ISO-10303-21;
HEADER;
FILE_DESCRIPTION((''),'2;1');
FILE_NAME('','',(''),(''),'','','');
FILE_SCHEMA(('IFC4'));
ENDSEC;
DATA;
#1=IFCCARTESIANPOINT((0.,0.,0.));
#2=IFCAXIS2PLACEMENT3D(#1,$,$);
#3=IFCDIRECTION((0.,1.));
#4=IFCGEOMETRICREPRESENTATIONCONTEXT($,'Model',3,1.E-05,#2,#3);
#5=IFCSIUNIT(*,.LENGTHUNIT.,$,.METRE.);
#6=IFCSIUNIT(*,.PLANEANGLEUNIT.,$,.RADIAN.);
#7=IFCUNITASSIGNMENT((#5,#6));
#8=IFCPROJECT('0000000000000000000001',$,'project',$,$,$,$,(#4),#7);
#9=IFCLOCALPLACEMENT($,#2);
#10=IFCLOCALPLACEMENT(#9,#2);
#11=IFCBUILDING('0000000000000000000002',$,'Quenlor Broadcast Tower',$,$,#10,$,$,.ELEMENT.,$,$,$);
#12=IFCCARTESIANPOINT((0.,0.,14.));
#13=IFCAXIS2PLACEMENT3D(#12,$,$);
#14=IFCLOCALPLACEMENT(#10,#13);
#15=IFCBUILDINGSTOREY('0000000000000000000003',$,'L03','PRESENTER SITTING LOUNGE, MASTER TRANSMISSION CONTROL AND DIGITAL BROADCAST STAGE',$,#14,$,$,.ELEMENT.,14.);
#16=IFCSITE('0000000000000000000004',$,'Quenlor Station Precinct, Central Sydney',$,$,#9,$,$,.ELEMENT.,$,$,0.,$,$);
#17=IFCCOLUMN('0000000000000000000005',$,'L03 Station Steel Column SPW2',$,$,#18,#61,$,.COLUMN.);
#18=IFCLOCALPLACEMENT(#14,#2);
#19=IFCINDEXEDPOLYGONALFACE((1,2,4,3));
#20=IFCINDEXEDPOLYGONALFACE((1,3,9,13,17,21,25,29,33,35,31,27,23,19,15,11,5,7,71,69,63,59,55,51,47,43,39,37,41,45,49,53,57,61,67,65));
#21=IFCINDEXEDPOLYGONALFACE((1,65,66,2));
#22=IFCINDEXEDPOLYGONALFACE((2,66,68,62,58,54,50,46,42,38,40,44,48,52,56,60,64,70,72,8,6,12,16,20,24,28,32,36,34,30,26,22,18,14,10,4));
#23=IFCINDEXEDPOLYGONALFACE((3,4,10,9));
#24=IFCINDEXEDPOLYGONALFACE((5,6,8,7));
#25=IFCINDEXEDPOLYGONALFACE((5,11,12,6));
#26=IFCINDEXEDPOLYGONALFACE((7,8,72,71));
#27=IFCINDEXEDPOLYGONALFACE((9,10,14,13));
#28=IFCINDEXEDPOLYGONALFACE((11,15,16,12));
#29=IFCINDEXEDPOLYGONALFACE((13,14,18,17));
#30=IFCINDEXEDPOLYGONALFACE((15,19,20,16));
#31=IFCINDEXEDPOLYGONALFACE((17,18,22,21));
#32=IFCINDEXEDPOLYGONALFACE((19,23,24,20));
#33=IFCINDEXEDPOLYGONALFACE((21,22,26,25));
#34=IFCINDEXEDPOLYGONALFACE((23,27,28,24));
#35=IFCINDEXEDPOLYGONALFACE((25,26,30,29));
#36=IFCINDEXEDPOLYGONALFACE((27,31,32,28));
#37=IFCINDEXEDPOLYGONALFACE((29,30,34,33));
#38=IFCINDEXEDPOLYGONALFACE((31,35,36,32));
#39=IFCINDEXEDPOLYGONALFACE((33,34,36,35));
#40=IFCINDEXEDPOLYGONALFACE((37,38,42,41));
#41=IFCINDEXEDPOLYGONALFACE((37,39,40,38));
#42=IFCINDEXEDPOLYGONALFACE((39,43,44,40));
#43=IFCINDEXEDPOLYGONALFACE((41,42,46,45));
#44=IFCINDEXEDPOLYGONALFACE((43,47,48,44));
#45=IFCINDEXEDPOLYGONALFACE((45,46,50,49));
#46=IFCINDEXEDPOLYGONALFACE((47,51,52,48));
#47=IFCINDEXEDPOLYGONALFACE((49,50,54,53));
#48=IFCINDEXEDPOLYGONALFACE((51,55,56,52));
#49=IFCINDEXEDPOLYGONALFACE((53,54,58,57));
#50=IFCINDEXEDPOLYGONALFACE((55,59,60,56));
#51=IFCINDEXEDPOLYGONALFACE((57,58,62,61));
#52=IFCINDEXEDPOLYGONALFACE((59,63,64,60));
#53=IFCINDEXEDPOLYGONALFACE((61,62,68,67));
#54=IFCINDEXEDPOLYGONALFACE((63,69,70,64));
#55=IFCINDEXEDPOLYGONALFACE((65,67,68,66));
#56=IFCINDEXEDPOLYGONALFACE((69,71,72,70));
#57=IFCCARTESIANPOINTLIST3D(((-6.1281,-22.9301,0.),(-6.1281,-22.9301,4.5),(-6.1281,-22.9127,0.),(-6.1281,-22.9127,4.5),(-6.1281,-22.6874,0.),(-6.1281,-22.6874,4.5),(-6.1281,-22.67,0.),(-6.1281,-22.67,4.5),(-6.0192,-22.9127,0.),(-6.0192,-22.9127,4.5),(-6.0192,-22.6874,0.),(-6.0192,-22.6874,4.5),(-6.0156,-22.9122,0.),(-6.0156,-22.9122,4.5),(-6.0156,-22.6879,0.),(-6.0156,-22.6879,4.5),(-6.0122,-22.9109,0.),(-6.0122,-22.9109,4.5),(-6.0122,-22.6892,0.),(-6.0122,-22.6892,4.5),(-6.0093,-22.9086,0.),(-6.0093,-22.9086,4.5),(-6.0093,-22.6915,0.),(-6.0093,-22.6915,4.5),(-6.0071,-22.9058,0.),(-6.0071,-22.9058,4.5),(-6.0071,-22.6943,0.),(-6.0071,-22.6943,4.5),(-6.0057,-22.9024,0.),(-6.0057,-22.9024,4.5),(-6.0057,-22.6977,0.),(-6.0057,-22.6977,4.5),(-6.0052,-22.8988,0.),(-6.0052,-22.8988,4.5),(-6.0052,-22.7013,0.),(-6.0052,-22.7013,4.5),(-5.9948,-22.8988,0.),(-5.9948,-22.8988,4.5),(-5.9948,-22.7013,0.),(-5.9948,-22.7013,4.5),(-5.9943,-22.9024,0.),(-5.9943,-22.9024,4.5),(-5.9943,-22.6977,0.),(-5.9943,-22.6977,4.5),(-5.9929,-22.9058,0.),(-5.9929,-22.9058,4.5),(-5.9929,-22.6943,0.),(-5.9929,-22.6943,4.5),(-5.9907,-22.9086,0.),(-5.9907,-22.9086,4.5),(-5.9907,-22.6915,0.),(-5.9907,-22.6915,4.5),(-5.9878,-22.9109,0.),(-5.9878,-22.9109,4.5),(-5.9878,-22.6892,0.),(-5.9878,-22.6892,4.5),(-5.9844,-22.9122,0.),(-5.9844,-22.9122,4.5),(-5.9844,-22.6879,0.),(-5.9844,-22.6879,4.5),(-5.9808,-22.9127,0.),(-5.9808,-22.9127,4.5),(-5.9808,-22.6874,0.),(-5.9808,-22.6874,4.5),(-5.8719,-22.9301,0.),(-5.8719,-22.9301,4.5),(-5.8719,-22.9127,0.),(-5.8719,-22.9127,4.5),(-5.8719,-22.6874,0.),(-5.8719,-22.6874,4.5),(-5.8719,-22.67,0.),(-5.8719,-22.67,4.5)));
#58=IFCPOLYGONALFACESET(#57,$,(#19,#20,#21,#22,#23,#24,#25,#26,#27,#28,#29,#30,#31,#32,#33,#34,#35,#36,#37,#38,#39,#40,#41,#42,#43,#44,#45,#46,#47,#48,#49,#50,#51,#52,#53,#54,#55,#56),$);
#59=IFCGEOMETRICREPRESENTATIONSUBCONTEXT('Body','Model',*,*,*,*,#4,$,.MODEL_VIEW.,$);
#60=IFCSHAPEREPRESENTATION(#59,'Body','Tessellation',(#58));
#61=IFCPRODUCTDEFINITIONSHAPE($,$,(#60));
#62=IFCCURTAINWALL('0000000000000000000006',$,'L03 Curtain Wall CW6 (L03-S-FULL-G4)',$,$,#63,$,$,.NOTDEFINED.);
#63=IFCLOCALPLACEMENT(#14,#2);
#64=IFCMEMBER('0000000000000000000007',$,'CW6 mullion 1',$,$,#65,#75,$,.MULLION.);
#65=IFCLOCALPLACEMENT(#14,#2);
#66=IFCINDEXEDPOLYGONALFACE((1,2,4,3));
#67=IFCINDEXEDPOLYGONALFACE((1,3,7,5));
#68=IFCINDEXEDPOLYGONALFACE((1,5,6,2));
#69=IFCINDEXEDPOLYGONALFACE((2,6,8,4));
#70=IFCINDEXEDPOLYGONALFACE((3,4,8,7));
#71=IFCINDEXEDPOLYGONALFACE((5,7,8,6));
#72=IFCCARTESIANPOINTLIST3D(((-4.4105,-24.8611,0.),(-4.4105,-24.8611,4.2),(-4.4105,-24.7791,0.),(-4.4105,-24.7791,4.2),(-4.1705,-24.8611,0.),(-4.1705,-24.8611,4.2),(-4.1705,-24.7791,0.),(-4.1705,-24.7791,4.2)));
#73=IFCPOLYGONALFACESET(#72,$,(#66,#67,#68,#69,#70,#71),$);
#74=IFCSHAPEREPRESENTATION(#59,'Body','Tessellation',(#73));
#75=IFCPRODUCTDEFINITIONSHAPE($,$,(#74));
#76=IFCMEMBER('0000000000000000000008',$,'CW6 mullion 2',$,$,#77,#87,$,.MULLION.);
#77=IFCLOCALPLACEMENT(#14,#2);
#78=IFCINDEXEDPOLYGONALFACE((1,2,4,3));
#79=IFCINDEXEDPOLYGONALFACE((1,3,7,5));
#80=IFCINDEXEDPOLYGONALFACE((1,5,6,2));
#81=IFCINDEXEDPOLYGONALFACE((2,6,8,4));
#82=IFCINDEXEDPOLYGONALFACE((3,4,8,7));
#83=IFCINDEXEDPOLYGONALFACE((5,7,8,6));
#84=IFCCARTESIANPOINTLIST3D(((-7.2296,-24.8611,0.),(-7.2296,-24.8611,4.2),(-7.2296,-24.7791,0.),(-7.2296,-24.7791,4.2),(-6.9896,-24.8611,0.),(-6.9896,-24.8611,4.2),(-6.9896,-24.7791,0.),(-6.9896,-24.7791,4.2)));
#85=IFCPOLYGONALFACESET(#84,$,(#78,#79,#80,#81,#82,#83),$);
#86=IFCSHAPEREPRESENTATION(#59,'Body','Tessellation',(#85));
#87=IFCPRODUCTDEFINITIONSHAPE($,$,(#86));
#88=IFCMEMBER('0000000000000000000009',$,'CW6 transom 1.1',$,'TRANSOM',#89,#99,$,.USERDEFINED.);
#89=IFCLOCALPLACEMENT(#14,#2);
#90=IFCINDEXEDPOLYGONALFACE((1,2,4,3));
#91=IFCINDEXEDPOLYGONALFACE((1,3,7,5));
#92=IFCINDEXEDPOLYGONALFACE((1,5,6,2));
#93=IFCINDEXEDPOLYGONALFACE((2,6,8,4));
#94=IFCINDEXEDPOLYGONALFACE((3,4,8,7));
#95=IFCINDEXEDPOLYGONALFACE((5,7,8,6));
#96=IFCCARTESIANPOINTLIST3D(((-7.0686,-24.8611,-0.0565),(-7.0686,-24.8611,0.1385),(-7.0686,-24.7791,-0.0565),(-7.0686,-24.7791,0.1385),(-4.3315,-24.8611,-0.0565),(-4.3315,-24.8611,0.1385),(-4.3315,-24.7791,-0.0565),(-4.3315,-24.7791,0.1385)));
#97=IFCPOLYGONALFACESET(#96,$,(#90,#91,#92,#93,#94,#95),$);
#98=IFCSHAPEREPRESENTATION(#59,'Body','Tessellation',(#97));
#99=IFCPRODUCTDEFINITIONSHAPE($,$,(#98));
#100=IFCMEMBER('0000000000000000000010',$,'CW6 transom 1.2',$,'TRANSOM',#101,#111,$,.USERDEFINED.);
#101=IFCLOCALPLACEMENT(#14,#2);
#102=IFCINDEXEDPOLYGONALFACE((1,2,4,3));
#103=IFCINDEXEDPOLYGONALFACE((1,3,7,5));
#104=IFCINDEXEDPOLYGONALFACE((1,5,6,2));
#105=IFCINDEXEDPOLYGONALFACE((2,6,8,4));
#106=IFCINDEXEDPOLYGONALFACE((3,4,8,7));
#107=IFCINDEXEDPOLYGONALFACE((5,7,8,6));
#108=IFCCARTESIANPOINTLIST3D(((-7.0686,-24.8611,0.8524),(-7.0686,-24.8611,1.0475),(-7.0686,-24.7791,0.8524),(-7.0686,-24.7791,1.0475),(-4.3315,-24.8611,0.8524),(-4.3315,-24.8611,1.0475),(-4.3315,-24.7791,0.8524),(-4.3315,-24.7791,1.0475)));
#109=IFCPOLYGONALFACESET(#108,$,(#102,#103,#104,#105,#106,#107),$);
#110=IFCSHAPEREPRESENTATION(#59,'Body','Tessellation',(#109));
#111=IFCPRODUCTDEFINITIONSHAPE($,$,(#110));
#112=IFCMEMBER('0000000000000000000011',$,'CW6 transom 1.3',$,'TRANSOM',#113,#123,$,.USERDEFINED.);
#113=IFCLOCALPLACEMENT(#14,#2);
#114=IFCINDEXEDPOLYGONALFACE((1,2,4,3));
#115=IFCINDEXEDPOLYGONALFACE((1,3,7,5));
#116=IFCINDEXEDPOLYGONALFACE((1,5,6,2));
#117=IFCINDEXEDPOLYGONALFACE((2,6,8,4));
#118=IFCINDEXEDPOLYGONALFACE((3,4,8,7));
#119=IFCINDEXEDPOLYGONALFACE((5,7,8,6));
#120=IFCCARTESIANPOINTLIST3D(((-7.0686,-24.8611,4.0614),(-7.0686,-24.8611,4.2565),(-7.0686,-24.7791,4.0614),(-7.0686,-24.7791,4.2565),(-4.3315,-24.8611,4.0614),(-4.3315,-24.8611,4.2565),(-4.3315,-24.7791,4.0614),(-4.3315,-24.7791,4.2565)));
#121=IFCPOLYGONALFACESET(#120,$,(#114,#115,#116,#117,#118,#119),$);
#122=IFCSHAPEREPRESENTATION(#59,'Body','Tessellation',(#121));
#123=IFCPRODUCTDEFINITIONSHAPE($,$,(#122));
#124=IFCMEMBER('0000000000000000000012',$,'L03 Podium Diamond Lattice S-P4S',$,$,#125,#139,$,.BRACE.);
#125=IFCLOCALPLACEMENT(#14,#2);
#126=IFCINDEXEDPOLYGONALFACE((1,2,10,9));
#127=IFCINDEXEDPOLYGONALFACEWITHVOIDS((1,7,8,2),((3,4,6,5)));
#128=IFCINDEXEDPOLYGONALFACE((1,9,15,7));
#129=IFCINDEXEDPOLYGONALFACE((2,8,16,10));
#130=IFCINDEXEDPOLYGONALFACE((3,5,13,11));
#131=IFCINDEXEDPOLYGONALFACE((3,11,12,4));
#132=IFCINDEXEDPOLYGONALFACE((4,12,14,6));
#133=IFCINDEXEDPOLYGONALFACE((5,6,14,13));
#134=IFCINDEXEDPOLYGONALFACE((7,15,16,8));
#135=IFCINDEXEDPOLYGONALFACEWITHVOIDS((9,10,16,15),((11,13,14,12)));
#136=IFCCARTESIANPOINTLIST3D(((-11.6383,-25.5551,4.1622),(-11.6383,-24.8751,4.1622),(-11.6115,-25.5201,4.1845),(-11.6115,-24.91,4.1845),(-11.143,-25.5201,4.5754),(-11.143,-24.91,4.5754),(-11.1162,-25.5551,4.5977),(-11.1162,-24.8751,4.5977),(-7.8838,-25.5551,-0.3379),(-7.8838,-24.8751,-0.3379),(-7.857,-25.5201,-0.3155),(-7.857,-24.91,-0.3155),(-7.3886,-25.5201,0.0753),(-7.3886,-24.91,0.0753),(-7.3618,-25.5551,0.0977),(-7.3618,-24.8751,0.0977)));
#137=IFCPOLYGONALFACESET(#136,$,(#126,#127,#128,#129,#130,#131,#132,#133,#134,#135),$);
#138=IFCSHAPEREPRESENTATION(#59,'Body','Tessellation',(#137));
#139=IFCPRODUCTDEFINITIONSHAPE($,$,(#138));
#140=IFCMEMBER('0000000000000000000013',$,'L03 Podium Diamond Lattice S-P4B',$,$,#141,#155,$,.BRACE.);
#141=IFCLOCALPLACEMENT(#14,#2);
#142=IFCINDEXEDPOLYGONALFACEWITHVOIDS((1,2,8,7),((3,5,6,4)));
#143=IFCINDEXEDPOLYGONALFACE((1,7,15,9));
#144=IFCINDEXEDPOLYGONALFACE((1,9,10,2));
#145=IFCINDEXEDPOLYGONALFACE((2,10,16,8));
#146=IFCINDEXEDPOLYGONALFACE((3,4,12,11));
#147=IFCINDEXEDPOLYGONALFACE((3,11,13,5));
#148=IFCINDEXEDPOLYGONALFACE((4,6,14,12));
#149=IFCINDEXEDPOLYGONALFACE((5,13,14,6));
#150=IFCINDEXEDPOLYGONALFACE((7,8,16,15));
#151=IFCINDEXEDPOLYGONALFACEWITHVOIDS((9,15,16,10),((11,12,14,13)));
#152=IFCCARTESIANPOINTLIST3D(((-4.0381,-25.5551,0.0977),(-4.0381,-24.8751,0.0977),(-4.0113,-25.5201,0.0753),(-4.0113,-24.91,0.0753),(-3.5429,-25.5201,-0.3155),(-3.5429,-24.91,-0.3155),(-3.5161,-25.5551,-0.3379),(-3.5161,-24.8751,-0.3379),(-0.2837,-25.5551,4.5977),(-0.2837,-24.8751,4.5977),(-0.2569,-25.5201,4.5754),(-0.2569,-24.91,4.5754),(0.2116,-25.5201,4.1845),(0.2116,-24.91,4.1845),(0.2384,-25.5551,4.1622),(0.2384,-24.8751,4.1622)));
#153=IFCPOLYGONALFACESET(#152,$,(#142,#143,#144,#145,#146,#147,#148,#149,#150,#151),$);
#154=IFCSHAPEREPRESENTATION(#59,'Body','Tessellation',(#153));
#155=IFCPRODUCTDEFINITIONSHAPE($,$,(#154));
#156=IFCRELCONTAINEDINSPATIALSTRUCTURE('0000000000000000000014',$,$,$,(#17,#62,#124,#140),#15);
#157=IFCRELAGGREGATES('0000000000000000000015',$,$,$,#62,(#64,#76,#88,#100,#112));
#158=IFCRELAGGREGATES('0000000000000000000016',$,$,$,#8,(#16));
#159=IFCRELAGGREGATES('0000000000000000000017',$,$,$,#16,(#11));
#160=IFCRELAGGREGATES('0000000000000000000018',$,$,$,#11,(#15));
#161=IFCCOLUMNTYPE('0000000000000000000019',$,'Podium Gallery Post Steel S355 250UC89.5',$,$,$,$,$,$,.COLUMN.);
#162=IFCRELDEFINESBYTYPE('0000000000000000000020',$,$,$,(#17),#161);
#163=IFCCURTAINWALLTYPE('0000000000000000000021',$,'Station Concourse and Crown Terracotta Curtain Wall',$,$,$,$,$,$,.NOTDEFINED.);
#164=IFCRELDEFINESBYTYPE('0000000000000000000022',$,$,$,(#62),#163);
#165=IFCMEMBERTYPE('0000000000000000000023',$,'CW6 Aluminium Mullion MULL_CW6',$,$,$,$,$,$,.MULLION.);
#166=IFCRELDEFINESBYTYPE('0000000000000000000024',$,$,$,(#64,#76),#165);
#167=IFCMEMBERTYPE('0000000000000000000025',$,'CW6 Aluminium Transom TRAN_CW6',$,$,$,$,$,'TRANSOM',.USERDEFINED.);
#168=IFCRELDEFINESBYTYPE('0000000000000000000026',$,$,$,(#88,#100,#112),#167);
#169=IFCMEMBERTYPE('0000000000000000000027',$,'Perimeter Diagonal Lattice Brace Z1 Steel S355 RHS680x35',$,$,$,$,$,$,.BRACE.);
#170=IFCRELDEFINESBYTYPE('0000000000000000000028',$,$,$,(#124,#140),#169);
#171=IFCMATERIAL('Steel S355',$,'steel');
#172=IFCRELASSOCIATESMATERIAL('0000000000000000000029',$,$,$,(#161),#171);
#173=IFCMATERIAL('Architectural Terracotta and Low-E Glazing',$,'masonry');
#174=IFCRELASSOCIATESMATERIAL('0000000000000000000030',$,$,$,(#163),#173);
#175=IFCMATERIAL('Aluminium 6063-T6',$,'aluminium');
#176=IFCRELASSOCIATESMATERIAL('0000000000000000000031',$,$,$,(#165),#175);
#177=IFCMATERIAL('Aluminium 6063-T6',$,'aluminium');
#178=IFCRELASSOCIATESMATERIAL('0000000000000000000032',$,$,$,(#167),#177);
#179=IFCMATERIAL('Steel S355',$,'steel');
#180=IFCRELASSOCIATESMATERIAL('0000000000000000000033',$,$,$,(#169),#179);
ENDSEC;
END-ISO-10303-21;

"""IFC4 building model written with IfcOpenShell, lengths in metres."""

from ifc_helpers import new_model, si_unit, direction, frame, origin, origin_2d, place, context, subcontext, project, spatial, rectangle, hollow_rectangle, i_section, extrude, material, material_profile, profile_set, type_object, element, aggregate, save


model = new_model("IFC4")

# Units and contexts
model_context = context("Model", 3, precision=1e-05, world=origin(), true_north=direction((0.0, 1.0)))
body_context = subcontext(model_context, "Body", "Model", "MODEL_VIEW")
ifc_project = project(units=[si_unit("LENGTHUNIT", "METRE"), si_unit("PLANEANGLEUNIT", "RADIAN")], contexts=[model_context])

# Site, building, storey
site_placement = place(None, origin())
site = spatial("IfcSite", under=ifc_project, at=site_placement, Name="Quenlor Station Precinct, Central Sydney", CompositionType="ELEMENT", RefElevation=0.0)
building_placement = place(site_placement, origin())
building = spatial("IfcBuilding", under=site, at=building_placement, Name="Quenlor Broadcast Tower", CompositionType="ELEMENT")
storey_placement = place(building_placement, frame((0.0, 0.0, 14.0)))
storey = spatial("IfcBuildingStorey", under=building, at=storey_placement, Name="L03", Description="PRESENTER SITTING LOUNGE, MASTER TRANSMISSION CONTROL AND DIGITAL BROADCAST STAGE", CompositionType="ELEMENT", Elevation=14.0)

# Column
ifc_material_1 = material(Name="Steel S355", Category="steel")
ifc_material_profile_1 = material_profile(ifc_material_1, i_section(OverallWidth=0.2561, OverallDepth=0.26, WebThickness=0.0105, FlangeThickness=0.0173, FilletRadius=0.0139, at=origin_2d()))
ifc_profile_set_1 = profile_set([ifc_material_profile_1], Name="Steel S355 250UC89.5")
column_type = type_object("IfcColumnType", Name="Podium Gallery Post Steel S355 250UC89.5", PredefinedType="COLUMN", material=ifc_profile_set_1)
column_placement = place(storey_placement, frame((-6.0, -22.8, 0.0), z_axis=(0.0, 0.0, 1.0), x_axis=(1.0, 0.0, 0.0)))
element("IfcColumn", 1, at=column_placement, inside=storey, type_object=column_type, Name="L03 Station Steel Column SPW2", PredefinedType="COLUMN", context=body_context, shape_type="SweptSolid", body=[
    extrude(i_section(OverallWidth=0.2561, OverallDepth=0.26, WebThickness=0.0105, FlangeThickness=0.0173, FilletRadius=0.0139, at=origin_2d()), origin(), (0.0, 0.0, 1.0), 4.5),
])

# Curtain wall, members
ifc_material_2 = material(Name="Architectural Terracotta and Low-E Glazing", Category="masonry")
curtain_wall_type = type_object("IfcCurtainWallType", Name="Station Concourse and Crown Terracotta Curtain Wall", PredefinedType="NOTDEFINED", material=ifc_material_2)
curtain_wall_placement = place(storey_placement, origin())
curtain_wall = element("IfcCurtainWall", 2, at=curtain_wall_placement, inside=storey, type_object=curtain_wall_type, Name="L03 Curtain Wall CW6 (L03-S-FULL-G4)", PredefinedType="NOTDEFINED")
ifc_material_3 = material(Name="Aluminium 6063-T6", Category="aluminium")
ifc_material_profile_2 = material_profile(ifc_material_3, rectangle(XDim=0.082, YDim=0.24, at=origin_2d()))
ifc_profile_set_2 = profile_set([ifc_material_profile_2], Name="Aluminium 6063-T6 MULL82x240")
member_type_1 = type_object("IfcMemberType", Name="CW6 Aluminium Mullion MULL_CW6", PredefinedType="MULLION", material=ifc_profile_set_2)
member_1_placement = place(storey_placement, frame((-4.2905, -24.8201, 0.0), z_axis=(0.0, 0.0, 1.0), x_axis=(0.0, -1.0, 0.0)))
member_1 = element("IfcMember", 3, at=member_1_placement, type_object=member_type_1, Name="CW6 mullion 1", PredefinedType="MULLION", context=body_context, shape_type="SweptSolid", body=[
    extrude(rectangle(XDim=0.082, YDim=0.24, at=origin_2d()), origin(), (0.0, 0.0, 1.0), 4.2),
])
member_2_placement = place(storey_placement, frame((-7.1096, -24.8201, 0.0), z_axis=(0.0, 0.0, 1.0), x_axis=(0.0, -1.0, 0.0)))
member_2 = element("IfcMember", 4, at=member_2_placement, type_object=member_type_1, Name="CW6 mullion 2", PredefinedType="MULLION", context=body_context, shape_type="SweptSolid", body=[
    extrude(rectangle(XDim=0.082, YDim=0.24, at=origin_2d()), origin(), (0.0, 0.0, 1.0), 4.2),
])
ifc_material_4 = material(Name="Aluminium 6063-T6", Category="aluminium")
ifc_material_profile_3 = material_profile(ifc_material_4, rectangle(XDim=0.082, YDim=0.1951, at=origin_2d()))
ifc_profile_set_3 = profile_set([ifc_material_profile_3], Name="Aluminium 6063-T6 TRAN82x195")
member_type_2 = type_object("IfcMemberType", Name="CW6 Aluminium Transom TRAN_CW6", ElementType="TRANSOM", PredefinedType="USERDEFINED", material=ifc_profile_set_3)
member_3_placement = place(storey_placement, frame((-4.3315, -24.8201, 0.041), z_axis=(-1.0, 0.0, 0.0), x_axis=(0.0, -1.0, 0.0)))
member_3 = element("IfcMember", 5, at=member_3_placement, type_object=member_type_2, Name="CW6 transom 1.1", ObjectType="TRANSOM", PredefinedType="USERDEFINED", context=body_context, shape_type="SweptSolid", body=[
    extrude(rectangle(XDim=0.082, YDim=0.1951, at=origin_2d()), origin(), (0.0, 0.0, 1.0), 2.7371),
])
member_4_placement = place(storey_placement, frame((-4.3315, -24.8201, 0.95), z_axis=(-1.0, 0.0, 0.0), x_axis=(0.0, -1.0, 0.0)))
member_4 = element("IfcMember", 6, at=member_4_placement, type_object=member_type_2, Name="CW6 transom 1.2", ObjectType="TRANSOM", PredefinedType="USERDEFINED", context=body_context, shape_type="SweptSolid", body=[
    extrude(rectangle(XDim=0.082, YDim=0.1951, at=origin_2d()), origin(), (0.0, 0.0, 1.0), 2.7371),
])
member_5_placement = place(storey_placement, frame((-4.3315, -24.8201, 4.1589), z_axis=(-1.0, 0.0, 0.0), x_axis=(0.0, -1.0, 0.0)))
member_5 = element("IfcMember", 7, at=member_5_placement, type_object=member_type_2, Name="CW6 transom 1.3", ObjectType="TRANSOM", PredefinedType="USERDEFINED", context=body_context, shape_type="SweptSolid", body=[
    extrude(rectangle(XDim=0.082, YDim=0.1951, at=origin_2d()), origin(), (0.0, 0.0, 1.0), 2.7371),
])

# Members
ifc_material_5 = material(Name="Steel S355", Category="steel")
ifc_material_profile_4 = material_profile(ifc_material_5, hollow_rectangle(XDim=0.6799, YDim=0.6799, WallThickness=0.0349, at=origin_2d()))
ifc_profile_set_4 = profile_set([ifc_material_profile_4], Name="Steel S355 RHS680x680x35")
member_type_3 = type_object("IfcMemberType", Name="Perimeter Diagonal Lattice Brace Z1 Steel S355 RHS680x35", PredefinedType="BRACE", material=ifc_profile_set_4)
for number, where, z_axis, x_axis, name in (
    (8, (-7.6228, -25.2151, -0.1201), (-0.640627, 0.0, 0.767852), (0.0, -1.0, 0.0), "L03 Podium Diamond Lattice S-P4S"),
    (9, (-3.7771, -25.2151, -0.1201), (0.640627, 0.0, 0.767852), (0.0, 1.0, 0.0), "L03 Podium Diamond Lattice S-P4B"),
):
    element("IfcMember", number, at=place(storey_placement, frame(where, z_axis=z_axis, x_axis=x_axis)), inside=storey, type_object=member_type_3, Name=name, PredefinedType="BRACE", context=body_context, shape_type="SweptSolid", body=[
        extrude(hollow_rectangle(XDim=0.6799, YDim=0.6799, WallThickness=0.0349, at=origin_2d()), origin(), (0.0, 0.0, 1.0), 5.8606),
    ])

aggregate(curtain_wall, [member_1, member_2, member_3, member_4, member_5])

save(model, "model.ifc")
